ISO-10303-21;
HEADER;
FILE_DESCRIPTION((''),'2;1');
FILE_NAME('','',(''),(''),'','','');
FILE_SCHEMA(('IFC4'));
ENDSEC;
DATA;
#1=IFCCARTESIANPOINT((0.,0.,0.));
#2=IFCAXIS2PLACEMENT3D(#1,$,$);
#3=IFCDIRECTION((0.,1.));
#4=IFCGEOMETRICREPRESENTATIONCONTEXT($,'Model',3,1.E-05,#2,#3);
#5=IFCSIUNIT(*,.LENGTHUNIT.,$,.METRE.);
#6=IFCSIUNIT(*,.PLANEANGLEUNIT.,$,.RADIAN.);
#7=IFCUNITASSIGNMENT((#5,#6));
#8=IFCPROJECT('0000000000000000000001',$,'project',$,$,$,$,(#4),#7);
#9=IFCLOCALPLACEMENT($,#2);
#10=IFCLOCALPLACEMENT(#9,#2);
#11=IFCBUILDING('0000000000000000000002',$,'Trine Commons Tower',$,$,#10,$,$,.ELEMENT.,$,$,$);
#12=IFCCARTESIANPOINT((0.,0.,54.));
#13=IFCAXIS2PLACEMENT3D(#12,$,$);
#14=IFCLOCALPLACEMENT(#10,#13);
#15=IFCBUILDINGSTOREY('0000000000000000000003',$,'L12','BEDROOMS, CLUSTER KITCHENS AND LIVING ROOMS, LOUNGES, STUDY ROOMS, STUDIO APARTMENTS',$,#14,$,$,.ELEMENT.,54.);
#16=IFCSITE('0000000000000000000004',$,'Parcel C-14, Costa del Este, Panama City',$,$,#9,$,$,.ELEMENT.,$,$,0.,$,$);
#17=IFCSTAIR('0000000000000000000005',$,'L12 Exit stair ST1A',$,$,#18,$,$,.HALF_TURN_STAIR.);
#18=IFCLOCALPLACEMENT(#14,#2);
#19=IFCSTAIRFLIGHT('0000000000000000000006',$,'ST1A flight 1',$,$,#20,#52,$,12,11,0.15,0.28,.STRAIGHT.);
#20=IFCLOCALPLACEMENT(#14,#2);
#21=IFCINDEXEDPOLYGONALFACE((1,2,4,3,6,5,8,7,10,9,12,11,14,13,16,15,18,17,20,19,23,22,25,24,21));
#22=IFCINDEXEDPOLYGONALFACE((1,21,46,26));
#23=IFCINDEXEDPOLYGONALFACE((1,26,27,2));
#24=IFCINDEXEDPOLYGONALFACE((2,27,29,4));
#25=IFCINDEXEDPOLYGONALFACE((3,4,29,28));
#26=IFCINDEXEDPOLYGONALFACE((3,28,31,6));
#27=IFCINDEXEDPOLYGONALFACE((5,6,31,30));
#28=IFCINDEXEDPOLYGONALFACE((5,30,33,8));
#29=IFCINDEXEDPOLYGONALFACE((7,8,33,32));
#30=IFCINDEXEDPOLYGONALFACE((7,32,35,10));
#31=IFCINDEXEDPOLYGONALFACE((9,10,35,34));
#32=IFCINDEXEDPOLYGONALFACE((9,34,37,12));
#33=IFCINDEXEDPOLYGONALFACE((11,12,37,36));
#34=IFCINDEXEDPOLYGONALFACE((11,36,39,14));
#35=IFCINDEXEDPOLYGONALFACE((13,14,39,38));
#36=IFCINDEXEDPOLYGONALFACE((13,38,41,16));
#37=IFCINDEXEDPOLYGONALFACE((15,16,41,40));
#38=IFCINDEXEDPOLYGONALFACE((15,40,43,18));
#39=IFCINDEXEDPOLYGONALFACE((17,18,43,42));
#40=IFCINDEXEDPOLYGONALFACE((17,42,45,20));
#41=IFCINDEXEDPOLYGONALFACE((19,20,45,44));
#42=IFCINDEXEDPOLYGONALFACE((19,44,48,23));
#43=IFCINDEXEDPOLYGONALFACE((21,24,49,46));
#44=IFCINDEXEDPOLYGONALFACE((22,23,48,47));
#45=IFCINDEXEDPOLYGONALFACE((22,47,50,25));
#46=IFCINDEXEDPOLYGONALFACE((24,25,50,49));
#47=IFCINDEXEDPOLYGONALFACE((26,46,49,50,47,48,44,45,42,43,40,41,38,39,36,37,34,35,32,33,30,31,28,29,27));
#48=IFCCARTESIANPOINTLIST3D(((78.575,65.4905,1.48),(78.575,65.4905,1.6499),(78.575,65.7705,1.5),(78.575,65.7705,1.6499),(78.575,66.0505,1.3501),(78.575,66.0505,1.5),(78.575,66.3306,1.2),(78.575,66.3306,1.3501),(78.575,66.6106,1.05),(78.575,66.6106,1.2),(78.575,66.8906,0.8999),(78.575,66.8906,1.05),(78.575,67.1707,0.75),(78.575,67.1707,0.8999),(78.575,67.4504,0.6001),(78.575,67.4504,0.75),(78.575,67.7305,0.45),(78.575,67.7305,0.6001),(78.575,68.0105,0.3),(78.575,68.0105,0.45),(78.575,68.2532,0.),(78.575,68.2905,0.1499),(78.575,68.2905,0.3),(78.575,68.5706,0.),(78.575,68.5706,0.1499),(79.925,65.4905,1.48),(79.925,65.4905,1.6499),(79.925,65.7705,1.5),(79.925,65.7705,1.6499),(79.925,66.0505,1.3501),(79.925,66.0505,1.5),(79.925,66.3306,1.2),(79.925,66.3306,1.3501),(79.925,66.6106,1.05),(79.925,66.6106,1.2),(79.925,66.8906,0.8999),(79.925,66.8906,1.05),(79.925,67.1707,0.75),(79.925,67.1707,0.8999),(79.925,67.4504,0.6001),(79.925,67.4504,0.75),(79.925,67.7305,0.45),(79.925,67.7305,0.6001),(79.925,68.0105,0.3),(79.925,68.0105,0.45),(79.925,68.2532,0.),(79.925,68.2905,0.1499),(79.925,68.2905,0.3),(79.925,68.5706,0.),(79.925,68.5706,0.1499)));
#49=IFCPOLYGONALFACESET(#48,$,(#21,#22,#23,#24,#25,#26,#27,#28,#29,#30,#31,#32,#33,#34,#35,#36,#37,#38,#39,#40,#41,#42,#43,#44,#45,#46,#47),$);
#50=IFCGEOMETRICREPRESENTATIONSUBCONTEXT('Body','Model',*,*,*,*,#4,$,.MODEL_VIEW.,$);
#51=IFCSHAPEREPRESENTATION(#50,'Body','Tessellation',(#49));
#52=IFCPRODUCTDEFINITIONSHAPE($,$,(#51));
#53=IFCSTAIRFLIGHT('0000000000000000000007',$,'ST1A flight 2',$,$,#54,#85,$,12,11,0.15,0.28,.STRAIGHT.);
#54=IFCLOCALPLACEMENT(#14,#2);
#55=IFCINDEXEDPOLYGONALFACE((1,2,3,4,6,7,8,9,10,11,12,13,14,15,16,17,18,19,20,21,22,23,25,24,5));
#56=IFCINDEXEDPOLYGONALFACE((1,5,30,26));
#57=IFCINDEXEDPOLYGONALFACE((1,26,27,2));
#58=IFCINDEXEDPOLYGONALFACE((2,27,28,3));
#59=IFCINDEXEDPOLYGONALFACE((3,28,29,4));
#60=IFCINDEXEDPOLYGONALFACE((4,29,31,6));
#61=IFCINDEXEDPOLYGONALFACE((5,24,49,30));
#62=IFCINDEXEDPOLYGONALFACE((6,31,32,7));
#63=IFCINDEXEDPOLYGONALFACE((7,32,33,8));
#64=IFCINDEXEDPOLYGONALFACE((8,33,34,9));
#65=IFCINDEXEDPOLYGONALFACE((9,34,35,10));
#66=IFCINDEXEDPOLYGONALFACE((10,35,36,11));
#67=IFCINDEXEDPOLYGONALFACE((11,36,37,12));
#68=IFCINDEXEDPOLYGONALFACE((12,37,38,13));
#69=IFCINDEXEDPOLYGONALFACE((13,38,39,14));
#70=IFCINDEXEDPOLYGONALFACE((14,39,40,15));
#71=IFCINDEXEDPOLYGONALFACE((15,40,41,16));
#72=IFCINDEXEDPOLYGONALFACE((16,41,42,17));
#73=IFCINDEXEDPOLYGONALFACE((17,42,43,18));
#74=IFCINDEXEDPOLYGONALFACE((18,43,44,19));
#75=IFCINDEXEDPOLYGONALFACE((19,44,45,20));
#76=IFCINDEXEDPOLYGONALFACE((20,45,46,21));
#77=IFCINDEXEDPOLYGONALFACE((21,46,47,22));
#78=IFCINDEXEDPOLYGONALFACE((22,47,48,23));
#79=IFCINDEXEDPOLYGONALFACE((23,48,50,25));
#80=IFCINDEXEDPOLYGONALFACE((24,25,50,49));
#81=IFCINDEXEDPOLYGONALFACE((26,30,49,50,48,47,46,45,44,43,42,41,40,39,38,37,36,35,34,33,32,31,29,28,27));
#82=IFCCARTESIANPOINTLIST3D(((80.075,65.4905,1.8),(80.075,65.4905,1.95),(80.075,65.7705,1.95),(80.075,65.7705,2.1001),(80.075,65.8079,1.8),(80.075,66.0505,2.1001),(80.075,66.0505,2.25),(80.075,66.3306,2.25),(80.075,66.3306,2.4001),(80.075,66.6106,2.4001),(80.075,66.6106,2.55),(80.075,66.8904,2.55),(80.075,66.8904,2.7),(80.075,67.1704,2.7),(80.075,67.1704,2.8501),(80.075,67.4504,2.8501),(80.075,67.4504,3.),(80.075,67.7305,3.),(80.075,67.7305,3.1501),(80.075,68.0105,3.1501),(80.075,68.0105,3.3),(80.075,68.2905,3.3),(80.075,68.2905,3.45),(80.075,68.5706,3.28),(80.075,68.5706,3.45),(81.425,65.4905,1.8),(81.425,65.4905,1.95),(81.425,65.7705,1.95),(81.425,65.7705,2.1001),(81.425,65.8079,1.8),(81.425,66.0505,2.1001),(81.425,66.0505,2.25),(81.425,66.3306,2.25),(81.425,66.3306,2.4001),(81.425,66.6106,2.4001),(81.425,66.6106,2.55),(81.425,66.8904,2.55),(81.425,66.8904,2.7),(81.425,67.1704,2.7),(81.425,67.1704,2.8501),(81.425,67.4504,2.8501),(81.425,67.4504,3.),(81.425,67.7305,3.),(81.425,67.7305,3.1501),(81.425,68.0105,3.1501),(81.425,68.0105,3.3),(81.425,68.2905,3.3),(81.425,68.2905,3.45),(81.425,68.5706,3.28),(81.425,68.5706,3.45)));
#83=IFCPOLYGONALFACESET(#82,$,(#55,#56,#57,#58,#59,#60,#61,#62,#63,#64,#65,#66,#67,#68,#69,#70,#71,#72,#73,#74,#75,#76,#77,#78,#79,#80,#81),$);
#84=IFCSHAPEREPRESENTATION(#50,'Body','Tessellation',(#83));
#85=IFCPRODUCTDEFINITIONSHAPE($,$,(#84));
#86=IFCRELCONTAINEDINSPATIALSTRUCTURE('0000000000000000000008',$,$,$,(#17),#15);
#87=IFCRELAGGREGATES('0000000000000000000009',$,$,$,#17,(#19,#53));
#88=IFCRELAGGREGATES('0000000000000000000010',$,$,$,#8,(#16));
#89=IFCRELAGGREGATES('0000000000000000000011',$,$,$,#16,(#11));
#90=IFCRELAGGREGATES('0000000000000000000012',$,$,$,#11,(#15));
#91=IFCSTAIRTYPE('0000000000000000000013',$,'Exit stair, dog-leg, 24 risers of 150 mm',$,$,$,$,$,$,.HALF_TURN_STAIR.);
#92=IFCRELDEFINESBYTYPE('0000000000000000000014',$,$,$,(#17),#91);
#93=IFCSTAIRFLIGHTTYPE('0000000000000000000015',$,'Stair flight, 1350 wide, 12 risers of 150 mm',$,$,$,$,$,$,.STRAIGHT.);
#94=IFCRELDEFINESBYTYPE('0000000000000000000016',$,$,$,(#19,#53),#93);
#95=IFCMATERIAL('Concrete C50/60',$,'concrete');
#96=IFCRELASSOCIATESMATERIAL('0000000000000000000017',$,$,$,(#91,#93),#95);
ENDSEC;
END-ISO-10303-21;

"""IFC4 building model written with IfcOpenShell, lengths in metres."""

from ifc_helpers import new_model, si_unit, direction, frame, origin, place, context, subcontext, project, spatial, polyline, outline, extrude, material, type_object, element, aggregate, save


model = new_model("IFC4")

# Units and contexts
model_context = context("Model", 3, precision=1e-05, world=origin(), true_north=direction((0.0, 1.0)))
body_context = subcontext(model_context, "Body", "Model", "MODEL_VIEW")
ifc_project = project(units=[si_unit("LENGTHUNIT", "METRE"), si_unit("PLANEANGLEUNIT", "RADIAN")], contexts=[model_context])

# Site, building, storey
site_placement = place(None, origin())
site = spatial("IfcSite", under=ifc_project, at=site_placement, Name="Parcel C-14, Costa del Este, Panama City", CompositionType="ELEMENT", RefElevation=0.0)
building_placement = place(site_placement, origin())
building = spatial("IfcBuilding", under=site, at=building_placement, Name="Trine Commons Tower", CompositionType="ELEMENT")
storey_placement = place(building_placement, frame((0.0, 0.0, 54.0)))
storey = spatial("IfcBuildingStorey", under=building, at=storey_placement, Name="L12", Description="BEDROOMS, CLUSTER KITCHENS AND LIVING ROOMS, LOUNGES, STUDY ROOMS, STUDIO APARTMENTS", CompositionType="ELEMENT", Elevation=54.0)

# Shared definitions
ifc_material_1 = material(Name="Concrete C50/60", Category="concrete")

# Stair, stair flights
stair_type = type_object("IfcStairType", Name="Exit stair, dog-leg, 24 risers of 150 mm", PredefinedType="HALF_TURN_STAIR", material=ifc_material_1)
stair_placement = place(storey_placement, origin())
stair = element("IfcStair", 1, at=stair_placement, inside=storey, type_object=stair_type, Name="L12 Exit stair ST1A", PredefinedType="HALF_TURN_STAIR")
stair_flight_type = type_object("IfcStairFlightType", Name="Stair flight, 1350 wide, 12 risers of 150 mm", PredefinedType="STRAIGHT", material=ifc_material_1)
stair_flight_1_placement = place(storey_placement, frame((79.25, 68.5706, 0.0), z_axis=(0.0, 0.0, 1.0), x_axis=(0.0, -1.0, 0.0)))
stair_flight_1 = element("IfcStairFlight", 2, at=stair_flight_1_placement, type_object=stair_flight_type, Name="ST1A flight 1", NumberOfRisers=12, NumberOfTreads=11, PredefinedType="STRAIGHT", RiserHeight=0.15, TreadLength=0.28, context=body_context, shape_type="SweptSolid", body=[
    extrude(outline(polyline([(0.0, 0.0), (0.0, 0.1499), (0.28, 0.1499), (0.28, 0.3), (0.5601, 0.3), (0.5601, 0.45), (0.8401, 0.45), (0.8401, 0.6001), (1.1201, 0.6001), (1.1201, 0.75), (1.3999, 0.75), (1.3999, 0.8999), (1.6799, 0.8999), (1.6799, 1.05), (1.96, 1.05), (1.96, 1.2), (2.24, 1.2), (2.24, 1.3501), (2.52, 1.3501), (2.52, 1.5), (2.8, 1.5), (2.8, 1.6499), (3.0801, 1.6499), (3.0801, 1.8), (3.0801, 1.48), (0.3174, 0.0), (0.0, 0.0)])), frame((0.0, 0.675, 0.0), z_axis=(0.0, -1.0, 0.0), x_axis=(1.0, 0.0, 0.0)), (0.0, 0.0, 1.0), 1.3501),
])
stair_flight_2_placement = place(storey_placement, frame((80.75, 65.4905, 1.8), z_axis=(0.0, 0.0, 1.0), x_axis=(0.0, 1.0, 0.0)))
stair_flight_2 = element("IfcStairFlight", 3, at=stair_flight_2_placement, type_object=stair_flight_type, Name="ST1A flight 2", NumberOfRisers=12, NumberOfTreads=11, PredefinedType="STRAIGHT", RiserHeight=0.15, TreadLength=0.28, context=body_context, shape_type="SweptSolid", body=[
    extrude(outline(polyline([(0.0, 0.0), (0.0, 0.1499), (0.28, 0.1499), (0.28, 0.3), (0.5601, 0.3), (0.5601, 0.45), (0.8401, 0.45), (0.8401, 0.6001), (1.1201, 0.6001), (1.1201, 0.75), (1.3999, 0.75), (1.3999, 0.8999), (1.6799, 0.8999), (1.6799, 1.05), (1.96, 1.05), (1.96, 1.2), (2.24, 1.2), (2.24, 1.3501), (2.52, 1.3501), (2.52, 1.5), (2.8, 1.5), (2.8, 1.6499), (3.0801, 1.6499), (3.0801, 1.8), (3.0801, 1.48), (0.3174, 0.0), (0.0, 0.0)])), frame((0.0, 0.675, 0.0), z_axis=(0.0, -1.0, 0.0), x_axis=(1.0, 0.0, 0.0)), (0.0, 0.0, 1.0), 1.3501),
])
aggregate(stair, [stair_flight_1, stair_flight_2])

save(model, "model.ifc")
